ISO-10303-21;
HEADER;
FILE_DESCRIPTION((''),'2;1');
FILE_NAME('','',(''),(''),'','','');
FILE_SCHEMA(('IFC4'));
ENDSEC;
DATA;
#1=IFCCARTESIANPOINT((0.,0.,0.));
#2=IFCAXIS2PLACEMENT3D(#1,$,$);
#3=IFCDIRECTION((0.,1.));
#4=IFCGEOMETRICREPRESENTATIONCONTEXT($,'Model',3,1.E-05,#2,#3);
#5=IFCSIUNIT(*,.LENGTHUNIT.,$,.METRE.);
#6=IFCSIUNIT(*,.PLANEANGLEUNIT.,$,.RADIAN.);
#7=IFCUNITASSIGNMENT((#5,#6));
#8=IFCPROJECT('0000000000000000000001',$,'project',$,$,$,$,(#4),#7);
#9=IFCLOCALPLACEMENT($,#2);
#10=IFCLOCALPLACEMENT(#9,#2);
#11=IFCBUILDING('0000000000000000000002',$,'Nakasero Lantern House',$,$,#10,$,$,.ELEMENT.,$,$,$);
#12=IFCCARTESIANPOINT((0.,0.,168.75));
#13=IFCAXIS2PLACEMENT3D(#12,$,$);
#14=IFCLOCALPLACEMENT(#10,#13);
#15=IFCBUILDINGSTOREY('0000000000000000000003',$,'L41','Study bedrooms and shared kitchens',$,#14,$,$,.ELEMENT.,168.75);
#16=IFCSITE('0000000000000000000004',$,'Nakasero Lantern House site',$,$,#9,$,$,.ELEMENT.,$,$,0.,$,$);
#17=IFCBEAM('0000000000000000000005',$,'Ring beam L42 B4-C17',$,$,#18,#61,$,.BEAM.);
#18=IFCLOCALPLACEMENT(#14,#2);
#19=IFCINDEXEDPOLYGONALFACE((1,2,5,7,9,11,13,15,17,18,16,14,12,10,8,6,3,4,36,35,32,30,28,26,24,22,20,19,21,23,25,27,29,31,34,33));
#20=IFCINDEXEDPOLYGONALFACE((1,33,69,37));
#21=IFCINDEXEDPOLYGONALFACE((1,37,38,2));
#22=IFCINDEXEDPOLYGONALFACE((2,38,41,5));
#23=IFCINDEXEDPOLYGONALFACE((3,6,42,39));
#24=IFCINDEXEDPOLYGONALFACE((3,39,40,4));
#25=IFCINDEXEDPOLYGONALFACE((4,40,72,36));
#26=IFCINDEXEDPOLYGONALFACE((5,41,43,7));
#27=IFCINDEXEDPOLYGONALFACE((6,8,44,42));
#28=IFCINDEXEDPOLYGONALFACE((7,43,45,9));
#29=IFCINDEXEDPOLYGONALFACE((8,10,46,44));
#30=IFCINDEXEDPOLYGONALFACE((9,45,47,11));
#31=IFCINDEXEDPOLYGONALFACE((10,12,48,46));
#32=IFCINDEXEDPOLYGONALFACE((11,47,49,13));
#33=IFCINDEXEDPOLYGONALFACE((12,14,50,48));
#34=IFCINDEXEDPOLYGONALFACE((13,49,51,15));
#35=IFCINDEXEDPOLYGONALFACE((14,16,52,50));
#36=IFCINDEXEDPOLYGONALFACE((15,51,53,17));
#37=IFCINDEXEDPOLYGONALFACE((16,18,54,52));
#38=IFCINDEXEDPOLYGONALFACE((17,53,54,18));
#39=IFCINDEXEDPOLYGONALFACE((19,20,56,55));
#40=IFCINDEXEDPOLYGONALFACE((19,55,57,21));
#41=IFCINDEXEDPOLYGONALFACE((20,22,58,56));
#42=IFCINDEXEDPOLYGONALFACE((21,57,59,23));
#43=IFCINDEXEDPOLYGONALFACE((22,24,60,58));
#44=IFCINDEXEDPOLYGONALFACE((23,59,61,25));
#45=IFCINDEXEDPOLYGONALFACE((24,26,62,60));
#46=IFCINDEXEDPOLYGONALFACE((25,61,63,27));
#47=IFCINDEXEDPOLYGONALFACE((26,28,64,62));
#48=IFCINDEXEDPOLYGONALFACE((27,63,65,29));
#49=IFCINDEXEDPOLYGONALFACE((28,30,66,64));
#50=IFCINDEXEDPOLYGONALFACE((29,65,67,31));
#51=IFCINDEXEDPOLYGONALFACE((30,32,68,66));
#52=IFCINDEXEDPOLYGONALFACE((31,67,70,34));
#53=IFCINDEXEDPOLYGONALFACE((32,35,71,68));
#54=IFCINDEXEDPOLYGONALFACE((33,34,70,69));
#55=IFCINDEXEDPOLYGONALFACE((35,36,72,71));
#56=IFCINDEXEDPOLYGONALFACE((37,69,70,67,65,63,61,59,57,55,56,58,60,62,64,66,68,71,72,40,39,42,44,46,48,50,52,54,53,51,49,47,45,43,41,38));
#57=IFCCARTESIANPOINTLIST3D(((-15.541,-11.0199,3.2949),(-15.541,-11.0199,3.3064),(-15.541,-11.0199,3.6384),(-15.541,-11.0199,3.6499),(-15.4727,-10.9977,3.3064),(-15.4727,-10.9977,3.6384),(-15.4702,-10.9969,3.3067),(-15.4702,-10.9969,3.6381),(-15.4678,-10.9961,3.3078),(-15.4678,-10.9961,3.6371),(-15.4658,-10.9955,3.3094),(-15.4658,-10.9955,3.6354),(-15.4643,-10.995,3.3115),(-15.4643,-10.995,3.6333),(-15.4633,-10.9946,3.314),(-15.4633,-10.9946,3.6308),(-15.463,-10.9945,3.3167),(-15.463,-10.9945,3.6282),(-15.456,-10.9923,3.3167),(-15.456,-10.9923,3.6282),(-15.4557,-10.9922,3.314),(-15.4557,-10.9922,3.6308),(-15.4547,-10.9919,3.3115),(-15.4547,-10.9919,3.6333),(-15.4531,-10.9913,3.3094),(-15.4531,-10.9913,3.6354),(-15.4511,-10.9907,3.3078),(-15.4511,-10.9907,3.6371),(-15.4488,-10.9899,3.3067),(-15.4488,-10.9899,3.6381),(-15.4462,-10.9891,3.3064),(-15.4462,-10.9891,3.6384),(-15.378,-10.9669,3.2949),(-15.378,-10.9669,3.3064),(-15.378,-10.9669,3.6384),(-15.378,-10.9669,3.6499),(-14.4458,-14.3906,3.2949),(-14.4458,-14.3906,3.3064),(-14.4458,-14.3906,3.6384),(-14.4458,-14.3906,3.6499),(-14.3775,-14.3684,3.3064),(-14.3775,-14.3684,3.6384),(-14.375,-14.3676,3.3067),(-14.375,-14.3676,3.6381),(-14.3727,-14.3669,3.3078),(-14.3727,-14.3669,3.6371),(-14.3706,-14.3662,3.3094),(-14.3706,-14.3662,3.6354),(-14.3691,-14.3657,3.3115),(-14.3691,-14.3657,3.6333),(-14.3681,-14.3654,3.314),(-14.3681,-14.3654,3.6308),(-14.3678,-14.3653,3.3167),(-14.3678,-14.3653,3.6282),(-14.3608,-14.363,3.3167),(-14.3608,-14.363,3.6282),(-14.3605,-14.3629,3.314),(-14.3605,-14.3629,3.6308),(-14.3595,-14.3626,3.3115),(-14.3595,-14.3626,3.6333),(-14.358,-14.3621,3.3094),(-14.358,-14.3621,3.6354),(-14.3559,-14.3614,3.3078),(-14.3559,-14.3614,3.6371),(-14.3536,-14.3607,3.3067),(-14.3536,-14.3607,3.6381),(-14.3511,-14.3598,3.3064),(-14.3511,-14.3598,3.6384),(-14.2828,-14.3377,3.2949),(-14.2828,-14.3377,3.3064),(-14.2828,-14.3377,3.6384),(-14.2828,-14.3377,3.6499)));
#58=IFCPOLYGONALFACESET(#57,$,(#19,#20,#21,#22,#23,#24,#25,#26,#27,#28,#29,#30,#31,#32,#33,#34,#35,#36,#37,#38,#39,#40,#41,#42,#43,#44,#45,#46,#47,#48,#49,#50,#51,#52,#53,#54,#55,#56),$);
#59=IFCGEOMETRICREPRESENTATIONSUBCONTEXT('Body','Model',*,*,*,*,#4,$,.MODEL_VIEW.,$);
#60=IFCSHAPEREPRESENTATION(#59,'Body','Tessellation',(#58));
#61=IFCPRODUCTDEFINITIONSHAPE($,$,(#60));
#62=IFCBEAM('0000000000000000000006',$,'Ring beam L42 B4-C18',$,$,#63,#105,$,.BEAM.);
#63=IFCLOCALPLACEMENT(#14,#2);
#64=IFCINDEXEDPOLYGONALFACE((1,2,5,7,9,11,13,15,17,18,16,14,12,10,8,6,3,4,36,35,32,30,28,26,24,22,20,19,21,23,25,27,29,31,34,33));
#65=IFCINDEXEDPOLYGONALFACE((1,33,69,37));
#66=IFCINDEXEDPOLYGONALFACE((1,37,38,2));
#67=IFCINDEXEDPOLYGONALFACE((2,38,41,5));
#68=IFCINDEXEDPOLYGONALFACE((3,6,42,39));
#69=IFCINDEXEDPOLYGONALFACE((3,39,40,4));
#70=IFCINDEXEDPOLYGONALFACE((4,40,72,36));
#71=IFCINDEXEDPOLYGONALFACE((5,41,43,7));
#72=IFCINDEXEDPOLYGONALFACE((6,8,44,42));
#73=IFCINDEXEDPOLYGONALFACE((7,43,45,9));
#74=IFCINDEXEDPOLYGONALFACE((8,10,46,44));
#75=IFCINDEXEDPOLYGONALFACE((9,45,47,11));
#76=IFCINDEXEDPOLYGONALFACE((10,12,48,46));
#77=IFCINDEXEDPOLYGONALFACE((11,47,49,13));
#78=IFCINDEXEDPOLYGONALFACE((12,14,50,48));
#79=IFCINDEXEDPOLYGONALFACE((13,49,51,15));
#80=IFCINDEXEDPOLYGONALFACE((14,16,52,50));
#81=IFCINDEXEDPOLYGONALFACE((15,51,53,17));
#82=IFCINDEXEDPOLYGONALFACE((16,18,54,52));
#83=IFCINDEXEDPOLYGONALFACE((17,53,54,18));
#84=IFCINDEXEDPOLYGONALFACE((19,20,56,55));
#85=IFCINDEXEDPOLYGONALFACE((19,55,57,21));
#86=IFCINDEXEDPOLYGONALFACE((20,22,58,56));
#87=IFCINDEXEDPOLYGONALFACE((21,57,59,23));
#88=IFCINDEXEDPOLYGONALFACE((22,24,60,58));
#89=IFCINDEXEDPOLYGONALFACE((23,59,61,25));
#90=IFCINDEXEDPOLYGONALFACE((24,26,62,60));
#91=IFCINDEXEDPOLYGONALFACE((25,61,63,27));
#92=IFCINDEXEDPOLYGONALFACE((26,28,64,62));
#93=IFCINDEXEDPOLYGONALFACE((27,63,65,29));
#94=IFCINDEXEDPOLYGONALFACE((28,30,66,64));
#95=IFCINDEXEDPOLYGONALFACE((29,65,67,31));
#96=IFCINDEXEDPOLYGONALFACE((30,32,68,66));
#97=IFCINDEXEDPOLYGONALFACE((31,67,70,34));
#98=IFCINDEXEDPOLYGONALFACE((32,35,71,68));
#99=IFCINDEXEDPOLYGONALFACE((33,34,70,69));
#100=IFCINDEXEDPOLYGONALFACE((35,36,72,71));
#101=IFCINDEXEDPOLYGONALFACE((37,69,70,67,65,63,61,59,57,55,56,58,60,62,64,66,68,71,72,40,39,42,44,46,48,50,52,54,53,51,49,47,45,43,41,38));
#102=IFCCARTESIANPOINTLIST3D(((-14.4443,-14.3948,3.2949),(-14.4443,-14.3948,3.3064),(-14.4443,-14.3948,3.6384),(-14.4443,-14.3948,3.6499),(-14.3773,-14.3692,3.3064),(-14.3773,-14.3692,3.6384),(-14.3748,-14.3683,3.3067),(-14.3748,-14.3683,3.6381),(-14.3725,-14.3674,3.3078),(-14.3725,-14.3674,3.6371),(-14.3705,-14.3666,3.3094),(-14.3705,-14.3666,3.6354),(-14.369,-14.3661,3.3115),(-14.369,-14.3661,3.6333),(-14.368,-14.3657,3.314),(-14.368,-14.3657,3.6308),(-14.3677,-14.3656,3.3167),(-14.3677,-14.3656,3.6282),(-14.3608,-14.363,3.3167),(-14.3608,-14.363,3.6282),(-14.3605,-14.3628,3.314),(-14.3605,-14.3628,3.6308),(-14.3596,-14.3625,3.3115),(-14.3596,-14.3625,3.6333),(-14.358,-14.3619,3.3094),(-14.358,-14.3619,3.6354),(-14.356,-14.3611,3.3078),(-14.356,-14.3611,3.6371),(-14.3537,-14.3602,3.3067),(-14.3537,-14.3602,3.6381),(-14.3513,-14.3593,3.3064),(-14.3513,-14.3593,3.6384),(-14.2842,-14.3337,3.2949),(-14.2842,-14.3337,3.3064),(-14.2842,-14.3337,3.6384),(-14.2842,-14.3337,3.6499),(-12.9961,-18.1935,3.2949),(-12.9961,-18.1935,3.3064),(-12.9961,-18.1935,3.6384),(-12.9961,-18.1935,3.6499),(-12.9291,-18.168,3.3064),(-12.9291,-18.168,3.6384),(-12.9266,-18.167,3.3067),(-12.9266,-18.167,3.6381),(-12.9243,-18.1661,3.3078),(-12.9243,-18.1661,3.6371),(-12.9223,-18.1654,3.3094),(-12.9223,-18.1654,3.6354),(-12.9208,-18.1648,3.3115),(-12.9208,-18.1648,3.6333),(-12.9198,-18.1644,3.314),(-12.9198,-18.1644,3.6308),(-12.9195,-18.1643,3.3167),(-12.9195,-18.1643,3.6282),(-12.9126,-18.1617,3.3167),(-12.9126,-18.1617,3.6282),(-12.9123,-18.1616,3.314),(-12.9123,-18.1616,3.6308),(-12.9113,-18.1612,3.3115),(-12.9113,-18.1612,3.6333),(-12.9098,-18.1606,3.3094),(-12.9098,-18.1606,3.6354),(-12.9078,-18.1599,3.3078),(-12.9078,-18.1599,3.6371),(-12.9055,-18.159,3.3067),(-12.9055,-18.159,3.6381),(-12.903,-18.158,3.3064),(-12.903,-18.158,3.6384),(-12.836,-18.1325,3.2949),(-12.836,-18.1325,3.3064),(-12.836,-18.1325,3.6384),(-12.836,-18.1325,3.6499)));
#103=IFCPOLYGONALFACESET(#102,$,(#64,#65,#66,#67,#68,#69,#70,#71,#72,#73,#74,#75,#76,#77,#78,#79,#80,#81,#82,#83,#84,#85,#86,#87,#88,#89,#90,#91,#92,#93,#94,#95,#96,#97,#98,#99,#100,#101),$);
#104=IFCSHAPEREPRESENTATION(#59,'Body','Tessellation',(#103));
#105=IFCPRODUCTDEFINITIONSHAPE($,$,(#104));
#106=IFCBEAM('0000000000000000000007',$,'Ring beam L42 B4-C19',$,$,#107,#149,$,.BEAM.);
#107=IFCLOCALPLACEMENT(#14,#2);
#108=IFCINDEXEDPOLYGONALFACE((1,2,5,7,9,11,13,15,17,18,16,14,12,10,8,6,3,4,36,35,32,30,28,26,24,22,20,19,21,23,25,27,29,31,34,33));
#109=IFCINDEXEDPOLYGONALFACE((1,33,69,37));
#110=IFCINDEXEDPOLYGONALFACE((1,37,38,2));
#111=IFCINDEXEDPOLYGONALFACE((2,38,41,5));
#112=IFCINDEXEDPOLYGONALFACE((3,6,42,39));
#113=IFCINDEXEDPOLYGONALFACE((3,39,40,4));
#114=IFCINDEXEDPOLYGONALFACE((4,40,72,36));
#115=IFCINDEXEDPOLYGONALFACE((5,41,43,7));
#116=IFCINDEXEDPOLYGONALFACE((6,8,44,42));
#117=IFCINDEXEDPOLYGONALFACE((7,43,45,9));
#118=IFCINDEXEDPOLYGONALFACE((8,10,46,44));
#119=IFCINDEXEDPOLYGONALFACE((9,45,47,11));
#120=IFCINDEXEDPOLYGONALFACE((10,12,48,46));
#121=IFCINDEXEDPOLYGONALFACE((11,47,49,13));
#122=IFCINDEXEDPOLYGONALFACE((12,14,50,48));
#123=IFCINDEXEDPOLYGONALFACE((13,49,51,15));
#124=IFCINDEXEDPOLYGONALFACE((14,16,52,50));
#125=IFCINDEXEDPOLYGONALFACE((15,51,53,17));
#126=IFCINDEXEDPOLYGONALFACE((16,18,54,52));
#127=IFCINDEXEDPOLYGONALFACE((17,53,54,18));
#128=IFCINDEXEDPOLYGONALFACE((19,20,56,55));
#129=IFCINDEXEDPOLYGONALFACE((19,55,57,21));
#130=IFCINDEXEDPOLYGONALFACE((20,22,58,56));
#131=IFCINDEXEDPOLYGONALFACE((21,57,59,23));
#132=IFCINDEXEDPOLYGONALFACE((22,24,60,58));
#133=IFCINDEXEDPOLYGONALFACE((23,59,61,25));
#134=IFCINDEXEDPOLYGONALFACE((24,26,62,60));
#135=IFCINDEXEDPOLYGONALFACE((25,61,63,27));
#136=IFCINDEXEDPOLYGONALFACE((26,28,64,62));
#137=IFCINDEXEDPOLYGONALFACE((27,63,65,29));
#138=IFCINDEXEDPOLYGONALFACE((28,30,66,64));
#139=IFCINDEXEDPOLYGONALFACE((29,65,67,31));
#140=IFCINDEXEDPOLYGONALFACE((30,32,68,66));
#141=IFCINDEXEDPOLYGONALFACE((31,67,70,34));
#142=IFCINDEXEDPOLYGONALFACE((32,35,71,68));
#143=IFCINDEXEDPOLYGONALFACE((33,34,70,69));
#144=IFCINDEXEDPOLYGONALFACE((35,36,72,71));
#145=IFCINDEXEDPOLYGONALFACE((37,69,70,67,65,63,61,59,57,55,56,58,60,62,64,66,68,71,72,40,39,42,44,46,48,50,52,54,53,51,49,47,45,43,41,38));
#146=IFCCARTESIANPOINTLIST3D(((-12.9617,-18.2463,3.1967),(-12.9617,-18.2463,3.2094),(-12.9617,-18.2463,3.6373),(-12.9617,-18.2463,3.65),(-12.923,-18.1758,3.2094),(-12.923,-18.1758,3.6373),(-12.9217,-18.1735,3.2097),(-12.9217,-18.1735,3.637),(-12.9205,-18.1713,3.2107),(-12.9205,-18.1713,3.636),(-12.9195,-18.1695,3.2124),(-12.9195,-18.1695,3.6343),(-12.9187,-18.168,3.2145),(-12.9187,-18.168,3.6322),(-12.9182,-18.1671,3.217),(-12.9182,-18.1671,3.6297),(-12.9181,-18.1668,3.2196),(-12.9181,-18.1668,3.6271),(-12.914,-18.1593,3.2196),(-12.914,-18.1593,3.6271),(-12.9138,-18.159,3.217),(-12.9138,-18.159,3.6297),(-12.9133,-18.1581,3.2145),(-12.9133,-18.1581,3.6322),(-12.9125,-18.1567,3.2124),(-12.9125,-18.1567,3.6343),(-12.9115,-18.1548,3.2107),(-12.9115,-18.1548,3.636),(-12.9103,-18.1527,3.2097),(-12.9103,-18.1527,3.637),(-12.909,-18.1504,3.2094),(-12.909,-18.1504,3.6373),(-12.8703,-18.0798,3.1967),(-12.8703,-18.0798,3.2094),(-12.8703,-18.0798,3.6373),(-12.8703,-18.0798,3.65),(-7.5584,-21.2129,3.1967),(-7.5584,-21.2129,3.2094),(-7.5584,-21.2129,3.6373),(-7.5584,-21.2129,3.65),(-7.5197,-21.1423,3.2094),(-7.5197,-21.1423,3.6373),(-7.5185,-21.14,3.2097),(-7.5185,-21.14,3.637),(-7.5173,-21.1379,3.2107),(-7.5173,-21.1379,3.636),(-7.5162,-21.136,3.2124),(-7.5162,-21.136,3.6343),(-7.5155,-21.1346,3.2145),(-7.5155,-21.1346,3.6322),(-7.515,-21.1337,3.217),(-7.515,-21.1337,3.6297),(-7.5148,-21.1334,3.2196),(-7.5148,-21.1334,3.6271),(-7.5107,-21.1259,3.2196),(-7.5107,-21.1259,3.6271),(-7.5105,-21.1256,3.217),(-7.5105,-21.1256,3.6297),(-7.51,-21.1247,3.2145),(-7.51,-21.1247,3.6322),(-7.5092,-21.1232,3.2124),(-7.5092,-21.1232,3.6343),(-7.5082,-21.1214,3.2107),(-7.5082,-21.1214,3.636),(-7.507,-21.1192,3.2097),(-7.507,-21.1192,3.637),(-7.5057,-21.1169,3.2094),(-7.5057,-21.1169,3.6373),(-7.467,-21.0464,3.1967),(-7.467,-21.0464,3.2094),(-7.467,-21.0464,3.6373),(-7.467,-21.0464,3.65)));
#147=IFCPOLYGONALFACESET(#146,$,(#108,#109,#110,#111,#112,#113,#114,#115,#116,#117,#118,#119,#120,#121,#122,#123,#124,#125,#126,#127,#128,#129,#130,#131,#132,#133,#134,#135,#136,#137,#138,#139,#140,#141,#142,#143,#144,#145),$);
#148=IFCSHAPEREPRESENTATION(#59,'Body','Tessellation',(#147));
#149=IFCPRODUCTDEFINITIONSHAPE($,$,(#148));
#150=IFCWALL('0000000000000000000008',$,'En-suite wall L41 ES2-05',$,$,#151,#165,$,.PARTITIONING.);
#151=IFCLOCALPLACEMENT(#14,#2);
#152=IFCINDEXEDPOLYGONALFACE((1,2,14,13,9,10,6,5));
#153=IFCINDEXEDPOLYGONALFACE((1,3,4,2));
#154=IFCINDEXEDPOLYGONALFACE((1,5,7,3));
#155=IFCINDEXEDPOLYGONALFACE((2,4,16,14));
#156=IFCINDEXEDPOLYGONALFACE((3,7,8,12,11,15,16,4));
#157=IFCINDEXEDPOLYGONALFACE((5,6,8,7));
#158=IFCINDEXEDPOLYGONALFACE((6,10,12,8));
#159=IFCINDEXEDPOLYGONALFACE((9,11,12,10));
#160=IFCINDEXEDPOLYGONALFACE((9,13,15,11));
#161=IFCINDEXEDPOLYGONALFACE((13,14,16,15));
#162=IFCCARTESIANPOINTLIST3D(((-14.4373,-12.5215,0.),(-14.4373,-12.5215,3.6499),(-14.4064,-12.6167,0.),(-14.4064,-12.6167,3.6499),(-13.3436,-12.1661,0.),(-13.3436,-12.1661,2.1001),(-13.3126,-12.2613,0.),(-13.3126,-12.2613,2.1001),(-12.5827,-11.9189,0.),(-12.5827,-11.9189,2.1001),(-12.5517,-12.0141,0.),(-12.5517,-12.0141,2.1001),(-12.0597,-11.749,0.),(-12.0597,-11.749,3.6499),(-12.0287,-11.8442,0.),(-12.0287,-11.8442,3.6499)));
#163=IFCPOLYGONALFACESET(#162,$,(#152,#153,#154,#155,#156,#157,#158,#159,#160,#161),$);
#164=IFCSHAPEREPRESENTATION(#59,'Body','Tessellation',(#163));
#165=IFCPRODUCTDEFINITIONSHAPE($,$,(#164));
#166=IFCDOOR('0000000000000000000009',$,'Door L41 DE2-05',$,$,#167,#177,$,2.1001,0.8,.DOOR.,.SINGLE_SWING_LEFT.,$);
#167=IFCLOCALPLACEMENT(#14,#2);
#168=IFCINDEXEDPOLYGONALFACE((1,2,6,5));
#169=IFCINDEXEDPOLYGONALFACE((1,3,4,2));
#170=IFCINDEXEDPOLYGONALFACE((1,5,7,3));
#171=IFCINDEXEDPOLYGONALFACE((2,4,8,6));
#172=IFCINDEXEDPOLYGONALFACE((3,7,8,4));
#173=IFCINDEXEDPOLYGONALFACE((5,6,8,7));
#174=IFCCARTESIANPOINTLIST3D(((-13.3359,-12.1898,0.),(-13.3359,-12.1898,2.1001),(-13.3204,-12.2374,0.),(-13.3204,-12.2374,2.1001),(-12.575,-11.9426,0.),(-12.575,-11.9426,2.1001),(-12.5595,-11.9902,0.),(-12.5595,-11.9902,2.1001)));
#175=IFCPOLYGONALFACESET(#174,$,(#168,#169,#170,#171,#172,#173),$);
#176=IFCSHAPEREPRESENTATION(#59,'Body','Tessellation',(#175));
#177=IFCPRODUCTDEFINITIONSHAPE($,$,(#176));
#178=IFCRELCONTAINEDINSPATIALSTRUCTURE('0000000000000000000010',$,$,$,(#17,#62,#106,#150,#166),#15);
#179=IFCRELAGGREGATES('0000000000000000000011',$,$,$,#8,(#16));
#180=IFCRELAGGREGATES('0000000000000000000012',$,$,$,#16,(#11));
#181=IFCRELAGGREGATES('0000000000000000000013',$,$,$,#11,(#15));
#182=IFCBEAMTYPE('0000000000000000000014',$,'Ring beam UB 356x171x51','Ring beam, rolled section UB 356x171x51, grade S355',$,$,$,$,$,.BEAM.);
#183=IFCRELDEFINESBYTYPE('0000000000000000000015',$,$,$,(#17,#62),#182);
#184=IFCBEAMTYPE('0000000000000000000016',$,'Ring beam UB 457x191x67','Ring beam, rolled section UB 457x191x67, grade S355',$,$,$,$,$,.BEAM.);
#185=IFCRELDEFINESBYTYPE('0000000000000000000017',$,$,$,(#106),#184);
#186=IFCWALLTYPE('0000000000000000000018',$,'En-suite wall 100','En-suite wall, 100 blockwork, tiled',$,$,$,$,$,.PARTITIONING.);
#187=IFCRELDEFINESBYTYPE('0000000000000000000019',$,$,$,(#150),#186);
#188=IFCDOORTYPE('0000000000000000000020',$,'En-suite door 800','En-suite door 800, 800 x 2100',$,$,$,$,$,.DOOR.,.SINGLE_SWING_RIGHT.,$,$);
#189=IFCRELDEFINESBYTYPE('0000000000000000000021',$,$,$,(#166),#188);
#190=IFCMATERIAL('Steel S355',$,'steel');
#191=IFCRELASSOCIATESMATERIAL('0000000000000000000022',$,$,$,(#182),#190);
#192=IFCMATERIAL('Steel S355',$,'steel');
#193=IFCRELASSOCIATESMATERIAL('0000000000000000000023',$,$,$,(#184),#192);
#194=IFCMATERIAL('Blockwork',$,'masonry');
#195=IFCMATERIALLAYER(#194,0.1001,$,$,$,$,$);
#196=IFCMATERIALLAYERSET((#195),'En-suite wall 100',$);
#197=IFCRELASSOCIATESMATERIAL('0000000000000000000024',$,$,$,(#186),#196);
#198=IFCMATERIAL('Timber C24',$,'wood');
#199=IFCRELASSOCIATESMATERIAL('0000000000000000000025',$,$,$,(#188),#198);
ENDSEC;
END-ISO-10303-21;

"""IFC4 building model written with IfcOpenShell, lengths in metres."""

from ifc_helpers import new_model, si_unit, direction, frame, frame_2d, origin, origin_2d, place, context, subcontext, project, spatial, rectangle, i_section, extrude, material, layer, layer_set, material_profile, profile_set, type_object, element, fill, save


model = new_model("IFC4")

# Units and contexts
model_context = context("Model", 3, precision=1e-05, world=origin(), true_north=direction((0.0, 1.0)))
body_context = subcontext(model_context, "Body", "Model", "MODEL_VIEW")
ifc_project = project(units=[si_unit("LENGTHUNIT", "METRE"), si_unit("PLANEANGLEUNIT", "RADIAN")], contexts=[model_context])

# Site, building, storey
site_placement = place(None, origin())
site = spatial("IfcSite", under=ifc_project, at=site_placement, Name="Nakasero Lantern House site", CompositionType="ELEMENT", RefElevation=0.0)
building_placement = place(site_placement, origin())
building = spatial("IfcBuilding", under=site, at=building_placement, Name="Nakasero Lantern House", CompositionType="ELEMENT")
storey_placement = place(building_placement, frame((0.0, 0.0, 168.75)))
storey = spatial("IfcBuildingStorey", under=building, at=storey_placement, Name="L41", Description="Study bedrooms and shared kitchens", CompositionType="ELEMENT", Elevation=168.75)

# Beams
ifc_material_1 = material(Name="Steel S355", Category="steel")
ifc_material_profile_1 = material_profile(ifc_material_1, i_section(OverallWidth=0.1714, OverallDepth=0.355, WebThickness=0.0073, FlangeThickness=0.0115, FilletRadius=0.0103, at=origin_2d()), Name="UB 356x171x51")
ifc_profile_set_1 = profile_set([ifc_material_profile_1], Name="Steel S355")
beam_type_1 = type_object("IfcBeamType", Name="Ring beam UB 356x171x51", Description="Ring beam, rolled section UB 356x171x51, grade S355", PredefinedType="BEAM", material=ifc_profile_set_1)
beam_1_placement = place(storey_placement, frame((-15.4595, -10.9934, 3.4724), z_axis=(0.309007, -0.95106, 0.0), x_axis=(0.95106, 0.309007, 0.0)))
element("IfcBeam", 1, at=beam_1_placement, inside=storey, type_object=beam_type_1, Name="Ring beam L42 B4-C17", PredefinedType="BEAM", context=body_context, shape_type="SweptSolid", body=[
    extrude(i_section(OverallWidth=0.1714, OverallDepth=0.355, WebThickness=0.0073, FlangeThickness=0.0115, FilletRadius=0.0103, at=origin_2d()), origin(), (0.0, 0.0, 1.0), 3.5442),
])
beam_2_placement = place(storey_placement, frame((-14.3643, -14.3643, 3.4724), z_axis=(0.356225, -0.9344, 0.0), x_axis=(0.9344, 0.356225, 0.0)))
element("IfcBeam", 2, at=beam_2_placement, inside=storey, type_object=beam_type_1, Name="Ring beam L42 B4-C18", PredefinedType="BEAM", context=body_context, shape_type="SweptSolid", body=[
    extrude(i_section(OverallWidth=0.1714, OverallDepth=0.355, WebThickness=0.0073, FlangeThickness=0.0115, FilletRadius=0.0103, at=origin_2d()), origin(), (0.0, 0.0, 1.0), 4.0654),
])
ifc_material_2 = material(Name="Steel S355", Category="steel")
ifc_material_profile_2 = material_profile(ifc_material_2, i_section(OverallWidth=0.1899, OverallDepth=0.4534, WebThickness=0.0085, FlangeThickness=0.0127, FilletRadius=0.0103, at=origin_2d()), Name="UB 457x191x67")
ifc_profile_set_2 = profile_set([ifc_material_profile_2], Name="Steel S355")
beam_type_2 = type_object("IfcBeamType", Name="Ring beam UB 457x191x67", Description="Ring beam, rolled section UB 457x191x67, grade S355", PredefinedType="BEAM", material=ifc_profile_set_2)
beam_3_placement = place(storey_placement, frame((-12.916, -18.1631, 3.4233), z_axis=(0.876577, -0.481262, 0.0), x_axis=(0.481262, 0.876577, 0.0)))
element("IfcBeam", 3, at=beam_3_placement, inside=storey, type_object=beam_type_2, Name="Ring beam L42 B4-C19", PredefinedType="BEAM", context=body_context, shape_type="SweptSolid", body=[
    extrude(i_section(OverallWidth=0.1899, OverallDepth=0.4534, WebThickness=0.0085, FlangeThickness=0.0127, FilletRadius=0.0103, at=origin_2d()), origin(), (0.0, 0.0, 1.0), 6.1641),
])

# Wall, opening, door
ifc_material_3 = material(Name="Blockwork", Category="masonry")
ifc_layer_1 = layer(ifc_material_3, 0.1001)
ifc_layer_set_1 = layer_set([ifc_layer_1], Name="En-suite wall 100")
wall_type_1 = type_object("IfcWallType", Name="En-suite wall 100", Description="En-suite wall, 100 blockwork, tiled", PredefinedType="PARTITIONING", material=ifc_layer_set_1)
wall_1_placement = place(storey_placement, frame((-12.0442, -11.7966, 0.0), z_axis=(0.0, 0.0, 1.0), x_axis=(-0.951068, -0.308982, 0.0)))
wall_1 = element("IfcWall", 4, at=wall_1_placement, inside=storey, type_object=wall_type_1, Name="En-suite wall L41 ES2-05", PredefinedType="PARTITIONING", context=body_context, shape_type="SweptSolid", body=[
    extrude(rectangle(XDim=2.5, YDim=0.1001, at=frame_2d((1.25, 0.0))), origin(), (0.0, 0.0, 1.0), 3.6499),
])
opening_1_placement = place(wall_1_placement, frame((0.55, 0.0, 0.0)))
opening_1 = element("IfcOpeningElement", 5, at=opening_1_placement, cuts=wall_1, PredefinedType="OPENING", context=body_context, shape_type="SweptSolid", body=[
    extrude(rectangle(XDim=0.8, YDim=2.1001, at=frame_2d((0.3999, 1.05))), frame((0.0, 0.0701, 0.0), z_axis=(0.0, -1.0, 0.0), x_axis=(1.0, 0.0, 0.0)), (0.0, 0.0, 1.0), 0.1401),
])
ifc_material_4 = material(Name="Timber C24", Category="wood")
door_type = type_object("IfcDoorType", Name="En-suite door 800", Description="En-suite door 800, 800 x 2100", OperationType="SINGLE_SWING_RIGHT", PredefinedType="DOOR", material=ifc_material_4)
door_1_placement = place(opening_1_placement, origin())
door_1 = element("IfcDoor", 6, at=door_1_placement, inside=storey, type_object=door_type, Name="Door L41 DE2-05", OperationType="SINGLE_SWING_LEFT", OverallHeight=2.1001, OverallWidth=0.8, PredefinedType="DOOR", context=body_context, shape_type="SweptSolid", body=[
    extrude(rectangle(XDim=0.8, YDim=2.1001, at=frame_2d((0.3999, 1.05))), frame((0.0, 0.0249, 0.0), z_axis=(0.0, -1.0, 0.0), x_axis=(1.0, 0.0, 0.0)), (0.0, 0.0, 1.0), 0.05),
])
fill(opening_1, door_1)

save(model, "model.ifc")
